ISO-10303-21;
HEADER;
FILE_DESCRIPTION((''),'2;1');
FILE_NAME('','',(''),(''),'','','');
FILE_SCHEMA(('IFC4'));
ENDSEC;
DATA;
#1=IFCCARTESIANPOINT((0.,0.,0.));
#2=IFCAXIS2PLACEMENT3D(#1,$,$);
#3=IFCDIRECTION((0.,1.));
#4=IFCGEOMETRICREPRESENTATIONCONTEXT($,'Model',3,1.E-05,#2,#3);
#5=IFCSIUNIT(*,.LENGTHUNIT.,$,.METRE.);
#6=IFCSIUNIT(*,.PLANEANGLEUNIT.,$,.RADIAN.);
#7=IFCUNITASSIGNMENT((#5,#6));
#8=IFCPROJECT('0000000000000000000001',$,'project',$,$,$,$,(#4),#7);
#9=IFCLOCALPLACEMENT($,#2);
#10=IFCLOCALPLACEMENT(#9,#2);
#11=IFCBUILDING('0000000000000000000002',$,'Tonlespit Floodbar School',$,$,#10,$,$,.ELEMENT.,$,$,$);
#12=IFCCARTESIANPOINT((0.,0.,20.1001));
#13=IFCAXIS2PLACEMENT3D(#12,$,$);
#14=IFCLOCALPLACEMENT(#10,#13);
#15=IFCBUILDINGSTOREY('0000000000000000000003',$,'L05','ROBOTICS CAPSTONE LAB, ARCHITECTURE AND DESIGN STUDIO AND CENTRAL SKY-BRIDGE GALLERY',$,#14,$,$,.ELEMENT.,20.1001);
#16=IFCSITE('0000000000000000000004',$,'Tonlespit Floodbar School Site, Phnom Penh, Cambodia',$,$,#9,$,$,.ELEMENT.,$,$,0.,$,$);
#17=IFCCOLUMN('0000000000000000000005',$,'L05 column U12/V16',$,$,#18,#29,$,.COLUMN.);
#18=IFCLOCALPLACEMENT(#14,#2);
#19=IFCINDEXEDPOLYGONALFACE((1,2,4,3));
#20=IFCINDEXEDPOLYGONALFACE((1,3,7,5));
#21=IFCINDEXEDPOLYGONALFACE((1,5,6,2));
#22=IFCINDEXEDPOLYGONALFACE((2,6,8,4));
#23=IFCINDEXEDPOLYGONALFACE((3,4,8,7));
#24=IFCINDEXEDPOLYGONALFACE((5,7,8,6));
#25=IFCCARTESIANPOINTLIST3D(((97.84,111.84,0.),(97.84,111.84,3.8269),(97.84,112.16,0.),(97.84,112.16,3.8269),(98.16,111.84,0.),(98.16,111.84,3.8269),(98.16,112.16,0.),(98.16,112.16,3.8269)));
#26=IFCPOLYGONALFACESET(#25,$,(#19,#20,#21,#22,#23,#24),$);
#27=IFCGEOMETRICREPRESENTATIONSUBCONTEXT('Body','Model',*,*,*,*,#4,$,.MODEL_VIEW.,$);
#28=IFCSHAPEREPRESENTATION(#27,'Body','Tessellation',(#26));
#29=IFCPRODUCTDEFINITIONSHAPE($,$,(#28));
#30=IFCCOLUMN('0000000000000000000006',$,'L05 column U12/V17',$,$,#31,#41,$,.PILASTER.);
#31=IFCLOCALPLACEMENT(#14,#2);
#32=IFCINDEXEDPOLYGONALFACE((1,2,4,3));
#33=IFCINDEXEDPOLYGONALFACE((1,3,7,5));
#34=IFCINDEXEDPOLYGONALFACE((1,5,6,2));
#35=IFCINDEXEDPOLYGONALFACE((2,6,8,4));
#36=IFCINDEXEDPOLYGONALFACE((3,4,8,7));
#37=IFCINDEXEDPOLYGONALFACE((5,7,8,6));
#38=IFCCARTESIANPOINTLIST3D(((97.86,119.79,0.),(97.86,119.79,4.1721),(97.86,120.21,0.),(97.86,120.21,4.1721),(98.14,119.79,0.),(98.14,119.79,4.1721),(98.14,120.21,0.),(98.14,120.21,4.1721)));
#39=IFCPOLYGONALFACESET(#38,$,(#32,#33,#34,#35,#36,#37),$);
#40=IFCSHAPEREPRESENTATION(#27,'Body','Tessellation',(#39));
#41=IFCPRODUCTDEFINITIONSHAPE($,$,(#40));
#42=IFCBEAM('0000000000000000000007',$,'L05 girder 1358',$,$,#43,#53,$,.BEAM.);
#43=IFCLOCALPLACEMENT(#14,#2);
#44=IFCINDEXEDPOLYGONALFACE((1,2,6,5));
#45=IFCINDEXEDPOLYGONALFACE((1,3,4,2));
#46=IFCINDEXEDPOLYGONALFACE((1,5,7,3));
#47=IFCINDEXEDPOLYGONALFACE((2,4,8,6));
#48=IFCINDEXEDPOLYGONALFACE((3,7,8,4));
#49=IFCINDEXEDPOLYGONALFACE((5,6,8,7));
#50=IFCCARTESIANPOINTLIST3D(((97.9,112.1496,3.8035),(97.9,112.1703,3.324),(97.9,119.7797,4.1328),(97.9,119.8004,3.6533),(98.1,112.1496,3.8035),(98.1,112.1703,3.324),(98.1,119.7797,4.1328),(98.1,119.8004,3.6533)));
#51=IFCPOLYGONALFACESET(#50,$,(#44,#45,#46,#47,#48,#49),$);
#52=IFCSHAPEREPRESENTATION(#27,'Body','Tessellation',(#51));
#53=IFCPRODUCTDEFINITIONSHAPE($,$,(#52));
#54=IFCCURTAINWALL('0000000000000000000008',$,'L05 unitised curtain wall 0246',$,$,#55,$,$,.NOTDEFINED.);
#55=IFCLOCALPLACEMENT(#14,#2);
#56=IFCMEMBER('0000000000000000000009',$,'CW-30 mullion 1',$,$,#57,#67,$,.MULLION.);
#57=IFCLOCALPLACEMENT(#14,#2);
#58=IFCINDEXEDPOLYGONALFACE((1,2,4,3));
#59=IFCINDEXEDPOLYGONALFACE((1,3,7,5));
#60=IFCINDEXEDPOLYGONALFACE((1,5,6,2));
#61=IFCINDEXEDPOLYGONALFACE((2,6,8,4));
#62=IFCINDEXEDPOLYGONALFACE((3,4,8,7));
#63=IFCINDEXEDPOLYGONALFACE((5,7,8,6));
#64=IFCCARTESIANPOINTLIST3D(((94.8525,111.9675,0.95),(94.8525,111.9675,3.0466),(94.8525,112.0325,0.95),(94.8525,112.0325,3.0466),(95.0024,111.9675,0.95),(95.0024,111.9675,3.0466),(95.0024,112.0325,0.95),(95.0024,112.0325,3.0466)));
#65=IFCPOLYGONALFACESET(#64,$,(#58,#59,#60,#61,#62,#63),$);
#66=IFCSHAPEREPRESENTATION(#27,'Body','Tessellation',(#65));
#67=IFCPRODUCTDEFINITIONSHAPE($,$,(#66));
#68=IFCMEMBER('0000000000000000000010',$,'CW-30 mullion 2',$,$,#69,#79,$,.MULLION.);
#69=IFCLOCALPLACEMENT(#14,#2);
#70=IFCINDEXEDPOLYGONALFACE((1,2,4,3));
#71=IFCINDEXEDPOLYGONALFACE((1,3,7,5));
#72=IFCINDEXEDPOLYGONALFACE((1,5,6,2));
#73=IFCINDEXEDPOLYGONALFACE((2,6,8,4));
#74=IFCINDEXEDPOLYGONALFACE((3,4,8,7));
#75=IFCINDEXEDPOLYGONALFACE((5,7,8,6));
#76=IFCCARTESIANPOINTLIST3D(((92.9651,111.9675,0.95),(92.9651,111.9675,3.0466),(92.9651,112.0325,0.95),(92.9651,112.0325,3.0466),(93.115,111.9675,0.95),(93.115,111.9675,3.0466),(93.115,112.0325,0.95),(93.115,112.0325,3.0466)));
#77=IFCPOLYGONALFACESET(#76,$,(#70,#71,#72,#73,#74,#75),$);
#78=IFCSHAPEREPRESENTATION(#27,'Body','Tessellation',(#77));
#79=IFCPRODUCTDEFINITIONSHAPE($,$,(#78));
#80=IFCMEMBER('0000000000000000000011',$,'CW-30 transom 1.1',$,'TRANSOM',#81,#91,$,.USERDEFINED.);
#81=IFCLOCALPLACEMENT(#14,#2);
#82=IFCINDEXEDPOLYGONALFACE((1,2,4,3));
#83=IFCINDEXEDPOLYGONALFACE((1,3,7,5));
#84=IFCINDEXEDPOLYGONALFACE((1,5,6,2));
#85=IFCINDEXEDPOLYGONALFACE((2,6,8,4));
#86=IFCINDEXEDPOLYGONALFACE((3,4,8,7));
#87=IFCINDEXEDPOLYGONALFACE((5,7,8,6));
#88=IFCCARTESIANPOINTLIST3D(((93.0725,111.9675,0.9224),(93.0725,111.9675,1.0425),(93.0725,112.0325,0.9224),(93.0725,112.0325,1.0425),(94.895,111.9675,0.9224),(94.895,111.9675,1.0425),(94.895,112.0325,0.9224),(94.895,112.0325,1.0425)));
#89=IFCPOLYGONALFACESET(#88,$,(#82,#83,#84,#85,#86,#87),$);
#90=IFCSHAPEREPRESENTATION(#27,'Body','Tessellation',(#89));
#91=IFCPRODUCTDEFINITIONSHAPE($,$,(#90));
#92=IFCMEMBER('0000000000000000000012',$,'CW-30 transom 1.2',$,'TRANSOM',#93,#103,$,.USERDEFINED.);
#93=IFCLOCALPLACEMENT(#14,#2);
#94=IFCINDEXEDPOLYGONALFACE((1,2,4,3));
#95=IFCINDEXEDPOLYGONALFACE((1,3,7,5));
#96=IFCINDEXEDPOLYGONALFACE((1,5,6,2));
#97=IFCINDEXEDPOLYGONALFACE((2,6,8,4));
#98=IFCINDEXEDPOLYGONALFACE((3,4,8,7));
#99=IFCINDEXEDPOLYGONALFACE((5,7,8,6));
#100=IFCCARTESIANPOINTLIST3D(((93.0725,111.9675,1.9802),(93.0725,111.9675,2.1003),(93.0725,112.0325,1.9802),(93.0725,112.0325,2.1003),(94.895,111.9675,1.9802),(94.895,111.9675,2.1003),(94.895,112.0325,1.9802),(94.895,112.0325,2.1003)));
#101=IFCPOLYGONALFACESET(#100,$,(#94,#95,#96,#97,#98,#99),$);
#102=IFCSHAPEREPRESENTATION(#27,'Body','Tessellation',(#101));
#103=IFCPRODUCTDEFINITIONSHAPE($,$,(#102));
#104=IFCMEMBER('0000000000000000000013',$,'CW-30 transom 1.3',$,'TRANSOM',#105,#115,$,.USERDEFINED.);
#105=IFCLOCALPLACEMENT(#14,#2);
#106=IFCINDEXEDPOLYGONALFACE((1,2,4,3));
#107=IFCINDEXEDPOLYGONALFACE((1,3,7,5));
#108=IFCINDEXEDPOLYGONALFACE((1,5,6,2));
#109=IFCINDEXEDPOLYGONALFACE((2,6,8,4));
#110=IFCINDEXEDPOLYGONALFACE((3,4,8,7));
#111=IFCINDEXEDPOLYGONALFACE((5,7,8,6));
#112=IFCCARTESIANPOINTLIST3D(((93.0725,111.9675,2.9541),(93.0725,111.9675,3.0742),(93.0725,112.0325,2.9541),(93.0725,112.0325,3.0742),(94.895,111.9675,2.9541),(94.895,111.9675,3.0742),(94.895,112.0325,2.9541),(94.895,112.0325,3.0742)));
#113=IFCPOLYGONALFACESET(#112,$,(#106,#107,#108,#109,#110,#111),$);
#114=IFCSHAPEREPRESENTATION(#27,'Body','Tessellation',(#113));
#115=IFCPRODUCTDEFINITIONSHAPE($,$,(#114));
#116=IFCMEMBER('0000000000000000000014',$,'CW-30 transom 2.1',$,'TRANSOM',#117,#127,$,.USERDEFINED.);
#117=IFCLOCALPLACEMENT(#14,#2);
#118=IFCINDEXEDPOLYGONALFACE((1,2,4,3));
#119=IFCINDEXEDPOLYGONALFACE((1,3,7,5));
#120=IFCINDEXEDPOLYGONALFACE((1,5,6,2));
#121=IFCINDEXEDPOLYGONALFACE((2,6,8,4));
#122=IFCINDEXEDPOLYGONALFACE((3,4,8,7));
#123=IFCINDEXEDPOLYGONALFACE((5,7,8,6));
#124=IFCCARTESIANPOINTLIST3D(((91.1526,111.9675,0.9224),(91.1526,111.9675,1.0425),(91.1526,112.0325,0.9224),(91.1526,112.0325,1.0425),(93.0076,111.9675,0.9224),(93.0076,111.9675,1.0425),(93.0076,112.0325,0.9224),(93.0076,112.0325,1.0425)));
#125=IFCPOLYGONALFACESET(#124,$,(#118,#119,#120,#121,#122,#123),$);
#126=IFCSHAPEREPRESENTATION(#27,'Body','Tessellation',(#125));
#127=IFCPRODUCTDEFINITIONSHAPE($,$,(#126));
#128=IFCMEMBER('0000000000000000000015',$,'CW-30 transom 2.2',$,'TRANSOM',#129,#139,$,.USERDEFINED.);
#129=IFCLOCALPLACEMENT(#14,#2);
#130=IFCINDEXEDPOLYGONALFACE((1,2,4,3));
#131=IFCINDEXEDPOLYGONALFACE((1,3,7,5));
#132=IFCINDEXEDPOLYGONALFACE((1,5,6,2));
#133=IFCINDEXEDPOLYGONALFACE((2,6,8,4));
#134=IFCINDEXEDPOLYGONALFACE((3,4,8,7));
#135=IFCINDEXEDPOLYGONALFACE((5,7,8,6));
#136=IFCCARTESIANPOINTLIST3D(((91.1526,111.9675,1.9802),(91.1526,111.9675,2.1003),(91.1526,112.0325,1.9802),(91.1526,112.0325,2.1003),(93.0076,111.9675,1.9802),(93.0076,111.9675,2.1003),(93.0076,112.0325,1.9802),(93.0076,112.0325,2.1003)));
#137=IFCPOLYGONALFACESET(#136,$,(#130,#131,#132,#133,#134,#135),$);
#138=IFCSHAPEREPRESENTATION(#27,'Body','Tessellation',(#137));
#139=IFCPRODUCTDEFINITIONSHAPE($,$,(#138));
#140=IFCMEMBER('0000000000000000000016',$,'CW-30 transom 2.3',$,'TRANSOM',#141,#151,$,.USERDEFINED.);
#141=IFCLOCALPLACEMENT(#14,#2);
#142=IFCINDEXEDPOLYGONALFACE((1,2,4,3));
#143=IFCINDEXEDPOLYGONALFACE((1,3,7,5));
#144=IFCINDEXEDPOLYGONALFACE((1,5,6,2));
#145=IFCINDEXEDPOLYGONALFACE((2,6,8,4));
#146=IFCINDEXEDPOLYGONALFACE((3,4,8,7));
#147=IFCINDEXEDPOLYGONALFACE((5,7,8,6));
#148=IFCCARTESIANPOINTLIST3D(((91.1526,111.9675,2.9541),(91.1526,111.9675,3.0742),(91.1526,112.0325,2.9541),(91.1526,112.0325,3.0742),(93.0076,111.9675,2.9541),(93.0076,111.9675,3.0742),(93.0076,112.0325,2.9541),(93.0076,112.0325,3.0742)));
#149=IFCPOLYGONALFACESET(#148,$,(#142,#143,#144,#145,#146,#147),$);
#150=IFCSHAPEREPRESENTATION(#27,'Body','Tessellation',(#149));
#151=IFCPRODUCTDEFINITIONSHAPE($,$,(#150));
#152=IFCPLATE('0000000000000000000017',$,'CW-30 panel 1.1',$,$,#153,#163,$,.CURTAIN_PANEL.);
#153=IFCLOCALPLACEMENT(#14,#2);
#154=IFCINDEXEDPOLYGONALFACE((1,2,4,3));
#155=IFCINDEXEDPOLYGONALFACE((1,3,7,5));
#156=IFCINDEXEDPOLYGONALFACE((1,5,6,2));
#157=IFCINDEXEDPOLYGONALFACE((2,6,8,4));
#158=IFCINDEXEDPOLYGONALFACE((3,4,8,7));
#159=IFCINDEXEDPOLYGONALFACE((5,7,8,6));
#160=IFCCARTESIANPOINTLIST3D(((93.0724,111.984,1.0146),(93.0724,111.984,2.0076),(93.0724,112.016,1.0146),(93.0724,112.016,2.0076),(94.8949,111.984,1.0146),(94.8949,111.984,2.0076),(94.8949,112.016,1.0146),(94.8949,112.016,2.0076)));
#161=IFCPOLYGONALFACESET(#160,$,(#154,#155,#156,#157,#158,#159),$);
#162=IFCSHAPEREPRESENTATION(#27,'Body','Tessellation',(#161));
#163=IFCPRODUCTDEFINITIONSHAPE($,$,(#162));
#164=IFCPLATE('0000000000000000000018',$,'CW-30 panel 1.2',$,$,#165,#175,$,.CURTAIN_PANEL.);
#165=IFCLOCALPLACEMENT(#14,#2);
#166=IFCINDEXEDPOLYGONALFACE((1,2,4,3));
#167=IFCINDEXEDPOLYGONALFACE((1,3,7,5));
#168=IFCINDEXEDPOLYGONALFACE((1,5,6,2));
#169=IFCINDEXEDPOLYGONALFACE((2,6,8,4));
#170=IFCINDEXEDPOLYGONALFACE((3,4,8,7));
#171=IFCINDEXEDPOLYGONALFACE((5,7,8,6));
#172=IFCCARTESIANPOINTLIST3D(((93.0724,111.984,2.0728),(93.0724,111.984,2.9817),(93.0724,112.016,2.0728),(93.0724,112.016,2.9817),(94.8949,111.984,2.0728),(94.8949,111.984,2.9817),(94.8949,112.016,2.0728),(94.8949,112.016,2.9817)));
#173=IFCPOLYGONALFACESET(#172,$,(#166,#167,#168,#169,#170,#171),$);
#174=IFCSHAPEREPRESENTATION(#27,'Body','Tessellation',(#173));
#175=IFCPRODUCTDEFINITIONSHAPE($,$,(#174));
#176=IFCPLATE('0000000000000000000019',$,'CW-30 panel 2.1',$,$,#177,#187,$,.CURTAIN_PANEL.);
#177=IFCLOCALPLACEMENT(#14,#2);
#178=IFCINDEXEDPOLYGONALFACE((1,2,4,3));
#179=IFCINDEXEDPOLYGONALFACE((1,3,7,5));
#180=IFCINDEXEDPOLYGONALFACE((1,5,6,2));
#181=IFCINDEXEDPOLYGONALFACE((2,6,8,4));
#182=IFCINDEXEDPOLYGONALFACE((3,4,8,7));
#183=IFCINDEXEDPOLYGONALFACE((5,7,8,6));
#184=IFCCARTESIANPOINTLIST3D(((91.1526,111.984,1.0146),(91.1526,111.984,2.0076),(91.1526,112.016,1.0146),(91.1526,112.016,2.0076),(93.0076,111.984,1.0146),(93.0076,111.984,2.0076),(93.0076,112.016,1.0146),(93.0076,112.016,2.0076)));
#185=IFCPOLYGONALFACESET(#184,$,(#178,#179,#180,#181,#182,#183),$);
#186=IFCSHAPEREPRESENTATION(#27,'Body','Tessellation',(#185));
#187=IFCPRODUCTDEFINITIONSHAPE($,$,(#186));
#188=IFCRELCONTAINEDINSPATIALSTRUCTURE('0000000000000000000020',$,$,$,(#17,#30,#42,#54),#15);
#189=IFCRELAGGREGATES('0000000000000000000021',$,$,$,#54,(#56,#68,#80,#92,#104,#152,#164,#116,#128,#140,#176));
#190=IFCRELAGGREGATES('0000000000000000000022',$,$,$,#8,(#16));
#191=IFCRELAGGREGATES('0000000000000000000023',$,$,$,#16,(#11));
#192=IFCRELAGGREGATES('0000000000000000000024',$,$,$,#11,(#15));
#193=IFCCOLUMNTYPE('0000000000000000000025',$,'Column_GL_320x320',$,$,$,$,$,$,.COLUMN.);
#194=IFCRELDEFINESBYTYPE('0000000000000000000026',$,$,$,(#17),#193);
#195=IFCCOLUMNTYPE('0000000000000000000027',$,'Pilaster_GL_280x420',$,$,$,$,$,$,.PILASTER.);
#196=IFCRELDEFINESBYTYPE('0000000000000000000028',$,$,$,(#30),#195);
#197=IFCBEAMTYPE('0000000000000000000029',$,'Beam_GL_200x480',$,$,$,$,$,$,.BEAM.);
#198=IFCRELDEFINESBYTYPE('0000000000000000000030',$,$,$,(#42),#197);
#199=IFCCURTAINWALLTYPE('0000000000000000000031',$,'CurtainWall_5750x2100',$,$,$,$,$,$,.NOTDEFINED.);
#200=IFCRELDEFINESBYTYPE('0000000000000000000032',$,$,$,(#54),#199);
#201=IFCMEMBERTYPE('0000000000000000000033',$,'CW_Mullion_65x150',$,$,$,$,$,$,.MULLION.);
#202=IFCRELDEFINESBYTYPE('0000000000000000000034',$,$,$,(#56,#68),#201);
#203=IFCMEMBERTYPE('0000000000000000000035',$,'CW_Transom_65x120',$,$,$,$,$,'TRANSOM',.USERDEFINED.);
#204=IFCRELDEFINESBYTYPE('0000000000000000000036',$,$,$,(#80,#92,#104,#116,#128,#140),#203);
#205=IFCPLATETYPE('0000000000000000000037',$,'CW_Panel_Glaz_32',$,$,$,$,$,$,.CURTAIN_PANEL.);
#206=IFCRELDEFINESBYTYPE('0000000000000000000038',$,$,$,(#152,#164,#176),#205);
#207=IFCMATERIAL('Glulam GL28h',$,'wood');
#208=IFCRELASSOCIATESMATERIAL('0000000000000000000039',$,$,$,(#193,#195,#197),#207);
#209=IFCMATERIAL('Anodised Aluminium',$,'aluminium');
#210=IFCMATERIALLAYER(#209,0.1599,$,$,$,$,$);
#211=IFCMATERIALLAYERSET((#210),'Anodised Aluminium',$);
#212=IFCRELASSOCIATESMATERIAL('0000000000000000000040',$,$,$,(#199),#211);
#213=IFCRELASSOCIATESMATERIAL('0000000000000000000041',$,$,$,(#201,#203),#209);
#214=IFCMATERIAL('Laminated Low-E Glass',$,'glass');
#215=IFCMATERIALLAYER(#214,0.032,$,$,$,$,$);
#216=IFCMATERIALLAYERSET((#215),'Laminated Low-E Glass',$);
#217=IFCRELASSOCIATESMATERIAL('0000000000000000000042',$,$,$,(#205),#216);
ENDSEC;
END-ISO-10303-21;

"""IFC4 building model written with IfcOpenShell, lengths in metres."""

from ifc_helpers import new_model, si_unit, direction, frame, origin, origin_2d, place, context, subcontext, project, spatial, rectangle, extrude, material, layer, layer_set, material_profile, profile_set, type_object, element, aggregate, save


model = new_model("IFC4")

# Units and contexts
model_context = context("Model", 3, precision=1e-05, world=origin(), true_north=direction((0.0, 1.0)))
body_context = subcontext(model_context, "Body", "Model", "MODEL_VIEW")
ifc_project = project(units=[si_unit("LENGTHUNIT", "METRE"), si_unit("PLANEANGLEUNIT", "RADIAN")], contexts=[model_context])

# Site, building, storey
site_placement = place(None, origin())
site = spatial("IfcSite", under=ifc_project, at=site_placement, Name="Tonlespit Floodbar School Site, Phnom Penh, Cambodia", CompositionType="ELEMENT", RefElevation=0.0)
building_placement = place(site_placement, origin())
building = spatial("IfcBuilding", under=site, at=building_placement, Name="Tonlespit Floodbar School", CompositionType="ELEMENT")
storey_placement = place(building_placement, frame((0.0, 0.0, 20.1001)))
storey = spatial("IfcBuildingStorey", under=building, at=storey_placement, Name="L05", Description="ROBOTICS CAPSTONE LAB, ARCHITECTURE AND DESIGN STUDIO AND CENTRAL SKY-BRIDGE GALLERY", CompositionType="ELEMENT", Elevation=20.1001)

# Columns
ifc_material_1 = material(Name="Glulam GL28h", Category="wood")
ifc_material_profile_1 = material_profile(ifc_material_1, rectangle(XDim=0.3201, YDim=0.3201, at=origin_2d()), Name="GL 320x320")
ifc_profile_set_1 = profile_set([ifc_material_profile_1], Name="Glulam GL28h")
column_type_1 = type_object("IfcColumnType", Name="Column_GL_320x320", PredefinedType="COLUMN", material=ifc_profile_set_1)
column_1_placement = place(storey_placement, frame((98.0, 112.0, 0.0), z_axis=(0.0, 0.0, 1.0), x_axis=(1.0, 0.0, 0.0)))
element("IfcColumn", 1, at=column_1_placement, inside=storey, type_object=column_type_1, Name="L05 column U12/V16", PredefinedType="COLUMN", context=body_context, shape_type="SweptSolid", body=[
    extrude(rectangle(XDim=0.3201, YDim=0.3201, at=origin_2d()), origin(), (0.0, 0.0, 1.0), 3.8269),
])
ifc_material_profile_2 = material_profile(ifc_material_1, rectangle(XDim=0.28, YDim=0.4199, at=origin_2d()), Name="GL 280x420")
ifc_profile_set_2 = profile_set([ifc_material_profile_2], Name="Glulam GL28h")
column_type_2 = type_object("IfcColumnType", Name="Pilaster_GL_280x420", PredefinedType="PILASTER", material=ifc_profile_set_2)
column_2_placement = place(storey_placement, frame((98.0, 120.0, 0.0), z_axis=(0.0, 0.0, 1.0), x_axis=(1.0, 0.0, 0.0)))
element("IfcColumn", 2, at=column_2_placement, inside=storey, type_object=column_type_2, Name="L05 column U12/V17", PredefinedType="PILASTER", context=body_context, shape_type="SweptSolid", body=[
    extrude(rectangle(XDim=0.28, YDim=0.4199, at=origin_2d()), origin(), (0.0, 0.0, 1.0), 4.1721),
])

# Beam
ifc_material_profile_3 = material_profile(ifc_material_1, rectangle(XDim=0.2, YDim=0.48, at=origin_2d()), Name="GL 200x480")
ifc_profile_set_3 = profile_set([ifc_material_profile_3], Name="Glulam GL28h")
beam_type = type_object("IfcBeamType", Name="Beam_GL_200x480", PredefinedType="BEAM", material=ifc_profile_set_3)
beam_placement = place(storey_placement, frame((98.0, 112.1599, 3.5637), z_axis=(0.0, 0.99907, 0.043124), x_axis=(-1.0, 0.0, 0.0)))
element("IfcBeam", 3, at=beam_placement, inside=storey, type_object=beam_type, Name="L05 girder 1358", PredefinedType="BEAM", context=body_context, shape_type="SweptSolid", body=[
    extrude(rectangle(XDim=0.2, YDim=0.48, at=origin_2d()), origin(), (0.0, 0.0, 1.0), 7.6372),
])

# Curtain wall, members, plates
ifc_material_2 = material(Name="Anodised Aluminium", Category="aluminium")
ifc_layer_1 = layer(ifc_material_2, 0.1599)
ifc_layer_set_1 = layer_set([ifc_layer_1], Name="Anodised Aluminium")
curtain_wall_type = type_object("IfcCurtainWallType", Name="CurtainWall_5750x2100", PredefinedType="NOTDEFINED", material=ifc_layer_set_1)
curtain_wall_placement = place(storey_placement, origin())
curtain_wall = element("IfcCurtainWall", 4, at=curtain_wall_placement, inside=storey, type_object=curtain_wall_type, Name="L05 unitised curtain wall 0246", PredefinedType="NOTDEFINED")
ifc_material_profile_4 = material_profile(ifc_material_2, rectangle(XDim=0.0649, YDim=0.1499, at=origin_2d()), Name="ALU M65x150")
ifc_profile_set_4 = profile_set([ifc_material_profile_4], Name="Anodised Aluminium")
member_type_1 = type_object("IfcMemberType", Name="CW_Mullion_65x150", PredefinedType="MULLION", material=ifc_profile_set_4)
member_1_placement = place(storey_placement, frame((94.9275, 112.0, 0.95), z_axis=(0.0, 0.0, 1.0), x_axis=(0.0, -1.0, 0.0)))
member_1 = element("IfcMember", 5, at=member_1_placement, type_object=member_type_1, Name="CW-30 mullion 1", PredefinedType="MULLION", context=body_context, shape_type="SweptSolid", body=[
    extrude(rectangle(XDim=0.0649, YDim=0.1499, at=origin_2d()), origin(), (0.0, 0.0, 1.0), 2.0967),
])
member_2_placement = place(storey_placement, frame((93.04, 112.0, 0.95), z_axis=(0.0, 0.0, 1.0), x_axis=(0.0, -1.0, 0.0)))
member_2 = element("IfcMember", 6, at=member_2_placement, type_object=member_type_1, Name="CW-30 mullion 2", PredefinedType="MULLION", context=body_context, shape_type="SweptSolid", body=[
    extrude(rectangle(XDim=0.0649, YDim=0.1499, at=origin_2d()), origin(), (0.0, 0.0, 1.0), 2.0967),
])
ifc_material_profile_5 = material_profile(ifc_material_2, rectangle(XDim=0.0649, YDim=0.1201, at=origin_2d()), Name="ALU T65x120")
ifc_profile_set_5 = profile_set([ifc_material_profile_5], Name="Anodised Aluminium")
member_type_2 = type_object("IfcMemberType", Name="CW_Transom_65x120", ElementType="TRANSOM", PredefinedType="USERDEFINED", material=ifc_profile_set_5)
member_3_placement = place(storey_placement, frame((94.895, 112.0, 0.9824), z_axis=(-1.0, 0.0, 0.0), x_axis=(0.0, -1.0, 0.0)))
member_3 = element("IfcMember", 7, at=member_3_placement, type_object=member_type_2, Name="CW-30 transom 1.1", ObjectType="TRANSOM", PredefinedType="USERDEFINED", context=body_context, shape_type="SweptSolid", body=[
    extrude(rectangle(XDim=0.0649, YDim=0.1201, at=origin_2d()), origin(), (0.0, 0.0, 1.0), 1.8225),
])
member_4_placement = place(storey_placement, frame((94.895, 112.0, 2.0403), z_axis=(-1.0, 0.0, 0.0), x_axis=(0.0, -1.0, 0.0)))
member_4 = element("IfcMember", 8, at=member_4_placement, type_object=member_type_2, Name="CW-30 transom 1.2", ObjectType="TRANSOM", PredefinedType="USERDEFINED", context=body_context, shape_type="SweptSolid", body=[
    extrude(rectangle(XDim=0.0649, YDim=0.1201, at=origin_2d()), origin(), (0.0, 0.0, 1.0), 1.8225),
])
member_5_placement = place(storey_placement, frame((94.895, 112.0, 3.0142), z_axis=(-1.0, 0.0, 0.0), x_axis=(0.0, -1.0, 0.0)))
member_5 = element("IfcMember", 9, at=member_5_placement, type_object=member_type_2, Name="CW-30 transom 1.3", ObjectType="TRANSOM", PredefinedType="USERDEFINED", context=body_context, shape_type="SweptSolid", body=[
    extrude(rectangle(XDim=0.0649, YDim=0.1201, at=origin_2d()), origin(), (0.0, 0.0, 1.0), 1.8225),
])
member_6_placement = place(storey_placement, frame((93.0076, 112.0, 0.9824), z_axis=(-1.0, 0.0, 0.0), x_axis=(0.0, -1.0, 0.0)))
member_6 = element("IfcMember", 10, at=member_6_placement, type_object=member_type_2, Name="CW-30 transom 2.1", ObjectType="TRANSOM", PredefinedType="USERDEFINED", context=body_context, shape_type="SweptSolid", body=[
    extrude(rectangle(XDim=0.0649, YDim=0.1201, at=origin_2d()), origin(), (0.0, 0.0, 1.0), 1.855),
])
member_7_placement = place(storey_placement, frame((93.0076, 112.0, 2.0403), z_axis=(-1.0, 0.0, 0.0), x_axis=(0.0, -1.0, 0.0)))
member_7 = element("IfcMember", 11, at=member_7_placement, type_object=member_type_2, Name="CW-30 transom 2.2", ObjectType="TRANSOM", PredefinedType="USERDEFINED", context=body_context, shape_type="SweptSolid", body=[
    extrude(rectangle(XDim=0.0649, YDim=0.1201, at=origin_2d()), origin(), (0.0, 0.0, 1.0), 1.855),
])
member_8_placement = place(storey_placement, frame((93.0076, 112.0, 3.0142), z_axis=(-1.0, 0.0, 0.0), x_axis=(0.0, -1.0, 0.0)))
member_8 = element("IfcMember", 12, at=member_8_placement, type_object=member_type_2, Name="CW-30 transom 2.3", ObjectType="TRANSOM", PredefinedType="USERDEFINED", context=body_context, shape_type="SweptSolid", body=[
    extrude(rectangle(XDim=0.0649, YDim=0.1201, at=origin_2d()), origin(), (0.0, 0.0, 1.0), 1.855),
])
ifc_material_3 = material(Name="Laminated Low-E Glass", Category="glass")
ifc_layer_2 = layer(ifc_material_3, 0.032)
ifc_layer_set_2 = layer_set([ifc_layer_2], Name="Laminated Low-E Glass")
plate_type_1 = type_object("IfcPlateType", Name="CW_Panel_Glaz_32", PredefinedType="CURTAIN_PANEL", material=ifc_layer_set_2)
plate_1_placement = place(storey_placement, frame((93.9836, 112.0, 1.0146), z_axis=(0.0, 0.0, 1.0), x_axis=(-1.0, 0.0, 0.0)))
plate_1 = element("IfcPlate", 13, at=plate_1_placement, type_object=plate_type_1, Name="CW-30 panel 1.1", PredefinedType="CURTAIN_PANEL", context=body_context, shape_type="SweptSolid", body=[
    extrude(rectangle(XDim=1.8225, YDim=0.032, at=origin_2d()), origin(), (0.0, 0.0, 1.0), 0.9929),
])
plate_2_placement = place(storey_placement, frame((93.9836, 112.0, 2.0728), z_axis=(0.0, 0.0, 1.0), x_axis=(-1.0, 0.0, 0.0)))
plate_2 = element("IfcPlate", 14, at=plate_2_placement, type_object=plate_type_1, Name="CW-30 panel 1.2", PredefinedType="CURTAIN_PANEL", context=body_context, shape_type="SweptSolid", body=[
    extrude(rectangle(XDim=1.8225, YDim=0.032, at=origin_2d()), origin(), (0.0, 0.0, 1.0), 0.9089),
])
plate_3_placement = place(storey_placement, frame((92.0801, 112.0, 1.0146), z_axis=(0.0, 0.0, 1.0), x_axis=(-1.0, 0.0, 0.0)))
plate_3 = element("IfcPlate", 15, at=plate_3_placement, type_object=plate_type_1, Name="CW-30 panel 2.1", PredefinedType="CURTAIN_PANEL", context=body_context, shape_type="SweptSolid", body=[
    extrude(rectangle(XDim=1.855, YDim=0.032, at=origin_2d()), origin(), (0.0, 0.0, 1.0), 0.9929),
])
aggregate(curtain_wall, [member_1, member_2, member_3, member_4, member_5, plate_1, plate_2, member_6, member_7, member_8, plate_3])

save(model, "model.ifc")
